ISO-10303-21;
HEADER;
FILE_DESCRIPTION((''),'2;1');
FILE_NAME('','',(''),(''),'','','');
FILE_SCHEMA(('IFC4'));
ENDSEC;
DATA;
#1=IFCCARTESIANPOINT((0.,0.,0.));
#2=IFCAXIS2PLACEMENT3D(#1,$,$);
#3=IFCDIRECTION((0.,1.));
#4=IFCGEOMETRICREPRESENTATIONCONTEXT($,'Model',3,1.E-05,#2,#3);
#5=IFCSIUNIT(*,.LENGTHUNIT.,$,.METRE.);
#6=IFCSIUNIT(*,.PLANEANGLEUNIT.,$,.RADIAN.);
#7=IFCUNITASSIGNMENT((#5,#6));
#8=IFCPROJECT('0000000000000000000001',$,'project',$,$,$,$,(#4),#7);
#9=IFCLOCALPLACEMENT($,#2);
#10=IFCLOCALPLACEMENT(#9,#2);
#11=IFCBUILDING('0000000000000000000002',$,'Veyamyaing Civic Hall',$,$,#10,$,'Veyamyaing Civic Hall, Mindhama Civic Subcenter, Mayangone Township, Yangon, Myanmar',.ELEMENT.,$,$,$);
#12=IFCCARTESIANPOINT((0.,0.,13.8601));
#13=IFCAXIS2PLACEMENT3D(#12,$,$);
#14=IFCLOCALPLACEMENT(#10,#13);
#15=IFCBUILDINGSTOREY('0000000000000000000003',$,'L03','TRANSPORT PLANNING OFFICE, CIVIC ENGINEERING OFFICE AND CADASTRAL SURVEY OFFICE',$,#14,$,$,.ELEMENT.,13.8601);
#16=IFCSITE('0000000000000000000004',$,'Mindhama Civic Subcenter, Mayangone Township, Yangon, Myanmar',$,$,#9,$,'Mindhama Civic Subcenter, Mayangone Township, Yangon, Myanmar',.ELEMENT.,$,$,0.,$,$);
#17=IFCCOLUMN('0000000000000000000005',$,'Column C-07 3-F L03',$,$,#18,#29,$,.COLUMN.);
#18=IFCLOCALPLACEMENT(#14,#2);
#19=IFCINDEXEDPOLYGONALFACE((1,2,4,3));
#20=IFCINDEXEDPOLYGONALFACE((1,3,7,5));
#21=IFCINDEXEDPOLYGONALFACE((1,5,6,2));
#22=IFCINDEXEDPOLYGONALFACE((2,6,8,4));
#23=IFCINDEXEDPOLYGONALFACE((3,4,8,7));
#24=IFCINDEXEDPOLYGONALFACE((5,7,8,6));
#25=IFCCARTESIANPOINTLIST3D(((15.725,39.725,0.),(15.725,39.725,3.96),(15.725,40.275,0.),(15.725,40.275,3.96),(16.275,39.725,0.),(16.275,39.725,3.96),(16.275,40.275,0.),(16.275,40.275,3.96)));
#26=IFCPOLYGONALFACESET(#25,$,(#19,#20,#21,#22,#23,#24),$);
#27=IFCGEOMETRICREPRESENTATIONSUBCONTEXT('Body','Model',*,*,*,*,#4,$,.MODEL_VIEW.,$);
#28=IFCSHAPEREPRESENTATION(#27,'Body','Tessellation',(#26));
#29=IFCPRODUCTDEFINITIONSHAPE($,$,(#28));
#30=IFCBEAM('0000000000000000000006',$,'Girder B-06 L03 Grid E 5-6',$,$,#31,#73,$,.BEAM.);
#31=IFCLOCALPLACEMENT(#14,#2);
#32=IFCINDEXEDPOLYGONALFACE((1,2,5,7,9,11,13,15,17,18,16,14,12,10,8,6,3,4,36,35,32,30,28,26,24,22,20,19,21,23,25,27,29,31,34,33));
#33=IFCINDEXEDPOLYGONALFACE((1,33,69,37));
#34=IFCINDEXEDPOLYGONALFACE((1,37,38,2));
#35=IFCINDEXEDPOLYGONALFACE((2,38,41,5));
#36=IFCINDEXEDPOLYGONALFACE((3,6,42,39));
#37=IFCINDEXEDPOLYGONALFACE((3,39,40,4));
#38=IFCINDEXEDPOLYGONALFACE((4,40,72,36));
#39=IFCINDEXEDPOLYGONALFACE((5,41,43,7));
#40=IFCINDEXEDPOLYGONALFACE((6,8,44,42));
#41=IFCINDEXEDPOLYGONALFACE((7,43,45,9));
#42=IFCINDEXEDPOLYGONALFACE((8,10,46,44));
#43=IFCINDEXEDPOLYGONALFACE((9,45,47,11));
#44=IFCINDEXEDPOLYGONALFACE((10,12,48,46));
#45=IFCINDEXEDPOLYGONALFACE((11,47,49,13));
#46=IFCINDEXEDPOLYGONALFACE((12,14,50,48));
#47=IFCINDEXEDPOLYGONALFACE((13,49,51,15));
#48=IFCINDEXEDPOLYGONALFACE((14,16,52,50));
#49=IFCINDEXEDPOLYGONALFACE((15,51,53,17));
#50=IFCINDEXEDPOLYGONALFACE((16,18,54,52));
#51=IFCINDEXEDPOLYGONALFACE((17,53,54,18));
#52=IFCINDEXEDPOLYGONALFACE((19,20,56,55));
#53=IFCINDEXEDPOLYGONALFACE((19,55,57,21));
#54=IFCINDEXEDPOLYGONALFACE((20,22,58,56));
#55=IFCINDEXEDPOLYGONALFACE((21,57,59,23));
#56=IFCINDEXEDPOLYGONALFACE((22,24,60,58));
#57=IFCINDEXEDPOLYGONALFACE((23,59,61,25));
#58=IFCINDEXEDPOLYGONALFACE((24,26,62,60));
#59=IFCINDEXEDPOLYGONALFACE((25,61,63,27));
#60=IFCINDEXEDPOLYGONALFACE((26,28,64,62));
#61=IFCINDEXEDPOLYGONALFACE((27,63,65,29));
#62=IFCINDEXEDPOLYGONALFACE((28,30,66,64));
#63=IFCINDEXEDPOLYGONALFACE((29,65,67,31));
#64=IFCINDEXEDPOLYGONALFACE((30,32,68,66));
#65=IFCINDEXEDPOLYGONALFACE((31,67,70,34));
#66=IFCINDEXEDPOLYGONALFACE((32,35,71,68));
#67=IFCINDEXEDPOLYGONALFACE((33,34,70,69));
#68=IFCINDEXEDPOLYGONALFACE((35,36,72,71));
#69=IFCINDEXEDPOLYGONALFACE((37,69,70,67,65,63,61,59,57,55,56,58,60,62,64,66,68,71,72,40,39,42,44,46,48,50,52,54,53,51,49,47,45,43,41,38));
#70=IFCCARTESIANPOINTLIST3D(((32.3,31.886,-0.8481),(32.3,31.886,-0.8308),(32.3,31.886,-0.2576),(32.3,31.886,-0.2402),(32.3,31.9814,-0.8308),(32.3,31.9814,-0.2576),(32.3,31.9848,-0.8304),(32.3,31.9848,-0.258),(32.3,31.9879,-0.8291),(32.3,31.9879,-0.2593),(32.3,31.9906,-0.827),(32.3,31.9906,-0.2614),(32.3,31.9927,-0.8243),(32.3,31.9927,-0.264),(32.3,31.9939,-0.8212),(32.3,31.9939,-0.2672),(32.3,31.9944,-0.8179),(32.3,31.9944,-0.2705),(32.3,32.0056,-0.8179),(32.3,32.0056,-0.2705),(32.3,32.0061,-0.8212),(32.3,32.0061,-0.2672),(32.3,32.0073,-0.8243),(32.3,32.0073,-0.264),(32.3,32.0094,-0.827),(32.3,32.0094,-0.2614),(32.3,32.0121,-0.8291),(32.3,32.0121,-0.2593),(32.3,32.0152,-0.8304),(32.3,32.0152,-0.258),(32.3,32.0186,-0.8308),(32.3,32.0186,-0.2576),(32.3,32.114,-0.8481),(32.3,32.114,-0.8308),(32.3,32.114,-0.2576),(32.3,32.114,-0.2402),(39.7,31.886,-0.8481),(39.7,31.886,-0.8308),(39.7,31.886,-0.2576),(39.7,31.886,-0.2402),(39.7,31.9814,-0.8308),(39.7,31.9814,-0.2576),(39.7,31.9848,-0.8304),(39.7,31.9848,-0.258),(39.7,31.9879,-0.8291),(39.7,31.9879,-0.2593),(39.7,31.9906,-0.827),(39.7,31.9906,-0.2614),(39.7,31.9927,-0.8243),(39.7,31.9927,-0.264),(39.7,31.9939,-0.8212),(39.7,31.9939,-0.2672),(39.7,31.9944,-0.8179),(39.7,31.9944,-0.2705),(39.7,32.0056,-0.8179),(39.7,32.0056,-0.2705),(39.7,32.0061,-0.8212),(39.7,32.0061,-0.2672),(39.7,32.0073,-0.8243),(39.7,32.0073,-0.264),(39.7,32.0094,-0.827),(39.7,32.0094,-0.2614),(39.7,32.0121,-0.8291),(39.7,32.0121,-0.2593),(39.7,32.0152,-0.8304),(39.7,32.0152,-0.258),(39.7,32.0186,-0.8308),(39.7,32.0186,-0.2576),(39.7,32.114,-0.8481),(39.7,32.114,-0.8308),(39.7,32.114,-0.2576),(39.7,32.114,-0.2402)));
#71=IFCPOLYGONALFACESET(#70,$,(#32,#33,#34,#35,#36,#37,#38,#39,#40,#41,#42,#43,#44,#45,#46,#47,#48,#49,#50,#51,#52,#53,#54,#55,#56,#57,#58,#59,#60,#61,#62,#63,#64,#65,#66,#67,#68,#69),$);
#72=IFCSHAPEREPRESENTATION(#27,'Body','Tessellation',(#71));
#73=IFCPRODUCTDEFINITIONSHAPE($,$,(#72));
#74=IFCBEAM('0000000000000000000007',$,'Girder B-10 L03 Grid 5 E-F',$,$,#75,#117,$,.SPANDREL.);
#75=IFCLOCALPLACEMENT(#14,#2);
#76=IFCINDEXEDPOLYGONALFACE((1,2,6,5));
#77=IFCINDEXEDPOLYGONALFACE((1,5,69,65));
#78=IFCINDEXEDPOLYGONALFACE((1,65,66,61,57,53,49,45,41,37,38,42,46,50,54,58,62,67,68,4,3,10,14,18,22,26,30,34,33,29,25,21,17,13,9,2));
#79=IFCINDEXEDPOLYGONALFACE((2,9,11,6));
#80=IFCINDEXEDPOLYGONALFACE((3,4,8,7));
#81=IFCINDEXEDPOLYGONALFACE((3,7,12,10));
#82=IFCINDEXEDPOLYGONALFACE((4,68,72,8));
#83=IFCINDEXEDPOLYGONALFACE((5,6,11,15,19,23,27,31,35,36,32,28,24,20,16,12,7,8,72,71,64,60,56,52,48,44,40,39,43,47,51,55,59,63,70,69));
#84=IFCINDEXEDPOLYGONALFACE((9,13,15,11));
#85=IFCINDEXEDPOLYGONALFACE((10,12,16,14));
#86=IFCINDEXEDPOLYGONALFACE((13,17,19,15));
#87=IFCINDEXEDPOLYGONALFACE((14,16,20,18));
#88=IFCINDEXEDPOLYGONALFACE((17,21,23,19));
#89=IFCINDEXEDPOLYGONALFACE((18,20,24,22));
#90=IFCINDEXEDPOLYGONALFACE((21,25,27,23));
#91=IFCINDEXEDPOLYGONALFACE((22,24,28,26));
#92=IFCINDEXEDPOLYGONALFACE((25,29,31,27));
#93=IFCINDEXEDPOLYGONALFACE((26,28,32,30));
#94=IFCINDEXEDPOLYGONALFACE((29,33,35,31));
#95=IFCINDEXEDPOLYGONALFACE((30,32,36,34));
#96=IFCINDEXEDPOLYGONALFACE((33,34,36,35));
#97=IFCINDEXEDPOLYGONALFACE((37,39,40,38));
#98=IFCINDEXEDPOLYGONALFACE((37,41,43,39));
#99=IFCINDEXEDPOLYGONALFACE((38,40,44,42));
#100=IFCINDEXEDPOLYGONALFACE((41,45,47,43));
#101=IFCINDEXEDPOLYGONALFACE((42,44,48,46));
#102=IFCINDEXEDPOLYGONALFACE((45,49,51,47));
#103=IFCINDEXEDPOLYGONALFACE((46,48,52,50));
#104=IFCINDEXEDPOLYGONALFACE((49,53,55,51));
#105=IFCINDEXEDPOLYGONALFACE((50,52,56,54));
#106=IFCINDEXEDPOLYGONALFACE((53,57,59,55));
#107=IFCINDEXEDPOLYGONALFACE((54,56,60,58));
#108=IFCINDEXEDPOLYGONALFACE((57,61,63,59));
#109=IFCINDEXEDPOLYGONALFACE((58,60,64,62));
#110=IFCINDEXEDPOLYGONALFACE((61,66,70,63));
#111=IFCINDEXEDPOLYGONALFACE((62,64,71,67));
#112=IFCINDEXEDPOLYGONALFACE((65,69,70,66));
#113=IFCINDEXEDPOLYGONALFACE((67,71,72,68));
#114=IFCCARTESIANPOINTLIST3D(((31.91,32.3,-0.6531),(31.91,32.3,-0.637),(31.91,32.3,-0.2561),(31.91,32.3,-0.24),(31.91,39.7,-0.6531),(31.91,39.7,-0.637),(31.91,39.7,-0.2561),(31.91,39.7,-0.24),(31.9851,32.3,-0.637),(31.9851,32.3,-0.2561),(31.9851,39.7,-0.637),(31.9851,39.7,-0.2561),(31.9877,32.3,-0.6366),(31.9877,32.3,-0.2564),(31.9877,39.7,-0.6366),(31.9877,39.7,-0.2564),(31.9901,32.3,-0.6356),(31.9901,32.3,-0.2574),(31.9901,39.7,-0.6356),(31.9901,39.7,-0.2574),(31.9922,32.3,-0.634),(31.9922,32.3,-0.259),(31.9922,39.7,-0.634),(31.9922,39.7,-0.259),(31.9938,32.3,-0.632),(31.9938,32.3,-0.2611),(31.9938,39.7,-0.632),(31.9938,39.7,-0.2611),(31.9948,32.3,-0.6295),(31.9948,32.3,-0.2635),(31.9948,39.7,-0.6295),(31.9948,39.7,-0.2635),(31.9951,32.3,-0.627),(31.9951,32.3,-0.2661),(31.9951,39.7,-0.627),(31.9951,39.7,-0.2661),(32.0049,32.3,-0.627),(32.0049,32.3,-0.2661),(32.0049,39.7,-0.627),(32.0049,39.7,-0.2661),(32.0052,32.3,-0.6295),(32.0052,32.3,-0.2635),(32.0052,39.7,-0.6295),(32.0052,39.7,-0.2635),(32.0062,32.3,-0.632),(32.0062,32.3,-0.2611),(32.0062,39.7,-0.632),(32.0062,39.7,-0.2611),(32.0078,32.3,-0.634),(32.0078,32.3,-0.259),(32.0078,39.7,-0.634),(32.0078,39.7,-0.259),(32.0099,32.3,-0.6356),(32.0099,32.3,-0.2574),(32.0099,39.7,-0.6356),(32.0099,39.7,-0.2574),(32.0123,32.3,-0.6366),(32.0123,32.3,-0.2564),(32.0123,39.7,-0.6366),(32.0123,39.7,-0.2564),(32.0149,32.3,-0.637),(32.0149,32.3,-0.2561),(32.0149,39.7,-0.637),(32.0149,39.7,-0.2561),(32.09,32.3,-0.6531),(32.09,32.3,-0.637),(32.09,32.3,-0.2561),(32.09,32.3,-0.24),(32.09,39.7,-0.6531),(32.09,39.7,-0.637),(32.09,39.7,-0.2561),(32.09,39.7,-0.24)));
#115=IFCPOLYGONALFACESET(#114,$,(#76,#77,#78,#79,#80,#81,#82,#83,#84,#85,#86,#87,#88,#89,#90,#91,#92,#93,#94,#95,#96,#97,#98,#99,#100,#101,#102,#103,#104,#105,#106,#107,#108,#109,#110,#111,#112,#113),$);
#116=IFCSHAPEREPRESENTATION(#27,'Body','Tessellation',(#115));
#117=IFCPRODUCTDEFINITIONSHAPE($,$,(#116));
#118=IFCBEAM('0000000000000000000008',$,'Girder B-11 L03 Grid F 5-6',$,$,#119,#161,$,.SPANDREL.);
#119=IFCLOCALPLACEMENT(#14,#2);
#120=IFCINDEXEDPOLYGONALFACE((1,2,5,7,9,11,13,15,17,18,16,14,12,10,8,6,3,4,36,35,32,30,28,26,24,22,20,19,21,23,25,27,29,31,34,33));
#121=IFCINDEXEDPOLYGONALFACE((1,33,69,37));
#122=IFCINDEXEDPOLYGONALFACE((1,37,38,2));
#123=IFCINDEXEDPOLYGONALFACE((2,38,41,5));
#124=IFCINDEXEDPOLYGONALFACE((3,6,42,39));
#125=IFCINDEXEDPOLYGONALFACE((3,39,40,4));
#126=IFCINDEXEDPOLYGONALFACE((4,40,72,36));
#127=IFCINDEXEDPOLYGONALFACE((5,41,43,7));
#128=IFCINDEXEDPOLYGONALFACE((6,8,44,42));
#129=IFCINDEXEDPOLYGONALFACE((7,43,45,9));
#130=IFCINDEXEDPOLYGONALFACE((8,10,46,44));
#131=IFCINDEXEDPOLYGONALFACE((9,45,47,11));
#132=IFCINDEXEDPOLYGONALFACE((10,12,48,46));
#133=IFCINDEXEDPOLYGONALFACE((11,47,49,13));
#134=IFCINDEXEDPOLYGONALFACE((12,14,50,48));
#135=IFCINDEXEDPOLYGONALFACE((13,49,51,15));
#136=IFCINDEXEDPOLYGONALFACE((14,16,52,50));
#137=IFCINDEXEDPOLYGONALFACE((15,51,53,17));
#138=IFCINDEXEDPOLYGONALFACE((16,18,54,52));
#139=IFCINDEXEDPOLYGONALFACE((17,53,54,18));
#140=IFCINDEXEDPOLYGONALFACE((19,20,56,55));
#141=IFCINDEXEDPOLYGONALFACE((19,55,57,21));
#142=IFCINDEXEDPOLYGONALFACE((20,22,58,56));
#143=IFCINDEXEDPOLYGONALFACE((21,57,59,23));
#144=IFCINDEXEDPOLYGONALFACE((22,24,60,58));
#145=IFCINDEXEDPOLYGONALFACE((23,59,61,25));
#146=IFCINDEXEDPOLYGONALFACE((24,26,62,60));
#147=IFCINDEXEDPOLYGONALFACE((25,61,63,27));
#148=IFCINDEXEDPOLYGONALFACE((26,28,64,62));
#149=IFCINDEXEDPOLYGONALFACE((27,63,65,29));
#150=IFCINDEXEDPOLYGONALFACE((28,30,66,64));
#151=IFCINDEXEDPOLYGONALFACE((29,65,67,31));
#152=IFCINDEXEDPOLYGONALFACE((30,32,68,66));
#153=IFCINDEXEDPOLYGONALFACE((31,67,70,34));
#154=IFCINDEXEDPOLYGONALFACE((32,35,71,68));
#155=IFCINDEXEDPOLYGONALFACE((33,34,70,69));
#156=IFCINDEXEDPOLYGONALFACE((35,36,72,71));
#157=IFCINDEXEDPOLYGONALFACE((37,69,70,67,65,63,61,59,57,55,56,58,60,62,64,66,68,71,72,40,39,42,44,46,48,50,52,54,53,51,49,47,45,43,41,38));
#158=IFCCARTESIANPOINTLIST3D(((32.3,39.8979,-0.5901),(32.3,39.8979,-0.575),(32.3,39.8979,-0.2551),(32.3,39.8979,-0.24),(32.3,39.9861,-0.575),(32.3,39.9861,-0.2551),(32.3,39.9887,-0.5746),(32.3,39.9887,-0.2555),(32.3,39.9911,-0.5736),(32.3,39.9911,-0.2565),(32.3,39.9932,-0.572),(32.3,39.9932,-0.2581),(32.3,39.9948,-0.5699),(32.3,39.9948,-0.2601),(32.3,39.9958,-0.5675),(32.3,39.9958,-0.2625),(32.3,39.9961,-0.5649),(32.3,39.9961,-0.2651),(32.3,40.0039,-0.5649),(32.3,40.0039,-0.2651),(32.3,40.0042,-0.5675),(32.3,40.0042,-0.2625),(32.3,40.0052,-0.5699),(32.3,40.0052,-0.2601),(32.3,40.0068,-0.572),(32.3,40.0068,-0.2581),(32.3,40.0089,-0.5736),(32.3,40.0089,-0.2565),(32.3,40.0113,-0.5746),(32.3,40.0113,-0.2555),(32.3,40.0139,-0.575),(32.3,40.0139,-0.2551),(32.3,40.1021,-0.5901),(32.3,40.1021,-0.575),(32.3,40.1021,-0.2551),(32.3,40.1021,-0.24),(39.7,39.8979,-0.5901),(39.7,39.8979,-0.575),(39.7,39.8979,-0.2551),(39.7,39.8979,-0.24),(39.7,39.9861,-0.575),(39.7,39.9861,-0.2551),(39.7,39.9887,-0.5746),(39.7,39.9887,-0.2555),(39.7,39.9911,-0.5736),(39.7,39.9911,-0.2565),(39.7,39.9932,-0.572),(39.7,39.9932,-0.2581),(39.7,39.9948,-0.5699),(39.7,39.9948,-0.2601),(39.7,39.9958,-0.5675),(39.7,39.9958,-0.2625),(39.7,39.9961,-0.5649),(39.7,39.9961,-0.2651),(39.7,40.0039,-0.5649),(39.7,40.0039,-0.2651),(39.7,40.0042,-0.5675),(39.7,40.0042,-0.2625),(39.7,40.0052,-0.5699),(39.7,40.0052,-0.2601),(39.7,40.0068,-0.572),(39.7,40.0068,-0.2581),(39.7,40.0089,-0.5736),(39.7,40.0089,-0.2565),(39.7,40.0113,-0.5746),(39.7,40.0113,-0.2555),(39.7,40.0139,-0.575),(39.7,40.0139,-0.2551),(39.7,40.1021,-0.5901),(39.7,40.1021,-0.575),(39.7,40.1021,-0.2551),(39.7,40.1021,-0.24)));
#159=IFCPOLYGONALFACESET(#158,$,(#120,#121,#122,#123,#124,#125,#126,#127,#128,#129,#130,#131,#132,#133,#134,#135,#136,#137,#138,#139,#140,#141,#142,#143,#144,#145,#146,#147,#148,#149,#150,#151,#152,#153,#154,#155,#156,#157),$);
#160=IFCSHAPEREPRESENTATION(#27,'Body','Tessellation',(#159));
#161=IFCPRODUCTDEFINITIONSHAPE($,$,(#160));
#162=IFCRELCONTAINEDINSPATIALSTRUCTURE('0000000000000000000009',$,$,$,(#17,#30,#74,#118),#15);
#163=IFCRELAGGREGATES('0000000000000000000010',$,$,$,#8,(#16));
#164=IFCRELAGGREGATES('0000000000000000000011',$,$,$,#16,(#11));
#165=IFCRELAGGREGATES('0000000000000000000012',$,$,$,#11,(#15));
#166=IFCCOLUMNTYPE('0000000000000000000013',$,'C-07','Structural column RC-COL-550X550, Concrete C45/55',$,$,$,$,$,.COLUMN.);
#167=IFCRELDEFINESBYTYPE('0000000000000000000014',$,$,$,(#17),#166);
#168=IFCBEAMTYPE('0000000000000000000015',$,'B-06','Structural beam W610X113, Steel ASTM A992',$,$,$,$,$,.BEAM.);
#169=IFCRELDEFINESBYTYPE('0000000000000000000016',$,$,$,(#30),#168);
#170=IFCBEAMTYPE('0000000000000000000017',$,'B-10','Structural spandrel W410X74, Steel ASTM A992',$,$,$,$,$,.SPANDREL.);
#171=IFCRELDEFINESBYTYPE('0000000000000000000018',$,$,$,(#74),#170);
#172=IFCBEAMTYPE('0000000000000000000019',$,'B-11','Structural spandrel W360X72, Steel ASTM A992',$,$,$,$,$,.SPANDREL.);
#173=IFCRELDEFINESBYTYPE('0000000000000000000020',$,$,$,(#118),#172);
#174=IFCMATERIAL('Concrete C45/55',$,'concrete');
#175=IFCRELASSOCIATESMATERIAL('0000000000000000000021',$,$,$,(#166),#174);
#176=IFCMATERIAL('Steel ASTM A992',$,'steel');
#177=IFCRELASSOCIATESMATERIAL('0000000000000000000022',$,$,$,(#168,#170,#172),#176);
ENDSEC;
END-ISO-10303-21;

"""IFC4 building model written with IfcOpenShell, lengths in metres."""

from ifc_helpers import new_model, si_unit, direction, frame, origin, origin_2d, place, context, subcontext, project, spatial, rectangle, i_section, extrude, material, material_profile, profile_set, type_object, element, save


model = new_model("IFC4")

# Units and contexts
model_context = context("Model", 3, precision=1e-05, world=origin(), true_north=direction((0.0, 1.0)))
body_context = subcontext(model_context, "Body", "Model", "MODEL_VIEW")
ifc_project = project(units=[si_unit("LENGTHUNIT", "METRE"), si_unit("PLANEANGLEUNIT", "RADIAN")], contexts=[model_context])

# Site, building, storey
site_placement = place(None, origin())
site = spatial("IfcSite", under=ifc_project, at=site_placement, Name="Mindhama Civic Subcenter, Mayangone Township, Yangon, Myanmar", LongName="Mindhama Civic Subcenter, Mayangone Township, Yangon, Myanmar", CompositionType="ELEMENT", RefElevation=0.0)
building_placement = place(site_placement, origin())
building = spatial("IfcBuilding", under=site, at=building_placement, Name="Veyamyaing Civic Hall", LongName="Veyamyaing Civic Hall, Mindhama Civic Subcenter, Mayangone Township, Yangon, Myanmar", CompositionType="ELEMENT")
storey_placement = place(building_placement, frame((0.0, 0.0, 13.8601)))
storey = spatial("IfcBuildingStorey", under=building, at=storey_placement, Name="L03", Description="TRANSPORT PLANNING OFFICE, CIVIC ENGINEERING OFFICE AND CADASTRAL SURVEY OFFICE", CompositionType="ELEMENT", Elevation=13.8601)

# Column
ifc_material_1 = material(Name="Concrete C45/55", Category="concrete")
ifc_material_profile_1 = material_profile(ifc_material_1, rectangle(XDim=0.55, YDim=0.55, at=origin_2d()), Name="RC-COL-550X550")
ifc_profile_set_1 = profile_set([ifc_material_profile_1], Name="Concrete C45/55")
column_type = type_object("IfcColumnType", Name="C-07", Description="Structural column RC-COL-550X550, Concrete C45/55", PredefinedType="COLUMN", material=ifc_profile_set_1)
column_placement = place(storey_placement, frame((16.0, 40.0, 0.0), z_axis=(0.0, 0.0, 1.0), x_axis=(1.0, 0.0, 0.0)))
element("IfcColumn", 1, at=column_placement, inside=storey, type_object=column_type, Name="Column C-07 3-F L03", PredefinedType="COLUMN", context=body_context, shape_type="SweptSolid", body=[
    extrude(rectangle(XDim=0.55, YDim=0.55, at=origin_2d()), origin(), (0.0, 0.0, 1.0), 3.96),
])

# Beams
ifc_material_2 = material(Name="Steel ASTM A992", Category="steel")
ifc_material_profile_2 = material_profile(ifc_material_2, i_section(OverallWidth=0.228, OverallDepth=0.6079, WebThickness=0.0112, FlangeThickness=0.0173, FilletRadius=0.0129, at=origin_2d()), Name="W610X113")
ifc_profile_set_2 = profile_set([ifc_material_profile_2], Name="Steel ASTM A992")
beam_type_1 = type_object("IfcBeamType", Name="B-06", Description="Structural beam W610X113, Steel ASTM A992", PredefinedType="BEAM", material=ifc_profile_set_2)
beam_1_placement = place(storey_placement, frame((32.3, 32.0, -0.5442), z_axis=(1.0, 0.0, 0.0), x_axis=(0.0, 1.0, 0.0)))
element("IfcBeam", 2, at=beam_1_placement, inside=storey, type_object=beam_type_1, Name="Girder B-06 L03 Grid E 5-6", PredefinedType="BEAM", context=body_context, shape_type="SweptSolid", body=[
    extrude(i_section(OverallWidth=0.228, OverallDepth=0.6079, WebThickness=0.0112, FlangeThickness=0.0173, FilletRadius=0.0129, at=origin_2d()), origin(), (0.0, 0.0, 1.0), 7.3999),
])
ifc_material_profile_3 = material_profile(ifc_material_2, i_section(OverallWidth=0.1799, OverallDepth=0.4131, WebThickness=0.0098, FlangeThickness=0.0161, FilletRadius=0.01, at=origin_2d()), Name="W410X74")
ifc_profile_set_3 = profile_set([ifc_material_profile_3], Name="Steel ASTM A992")
beam_type_2 = type_object("IfcBeamType", Name="B-10", Description="Structural spandrel W410X74, Steel ASTM A992", PredefinedType="SPANDREL", material=ifc_profile_set_3)
beam_2_placement = place(storey_placement, frame((32.0, 32.3, -0.4465), z_axis=(0.0, 1.0, 0.0), x_axis=(-1.0, 0.0, 0.0)))
element("IfcBeam", 3, at=beam_2_placement, inside=storey, type_object=beam_type_2, Name="Girder B-10 L03 Grid 5 E-F", PredefinedType="SPANDREL", context=body_context, shape_type="SweptSolid", body=[
    extrude(i_section(OverallWidth=0.1799, OverallDepth=0.4131, WebThickness=0.0098, FlangeThickness=0.0161, FilletRadius=0.01, at=origin_2d()), origin(), (0.0, 0.0, 1.0), 7.3999),
])
ifc_material_profile_4 = material_profile(ifc_material_2, i_section(OverallWidth=0.2041, OverallDepth=0.3501, WebThickness=0.0078, FlangeThickness=0.0151, FilletRadius=0.01, at=origin_2d()), Name="W360X72")
ifc_profile_set_4 = profile_set([ifc_material_profile_4], Name="Steel ASTM A992")
beam_type_3 = type_object("IfcBeamType", Name="B-11", Description="Structural spandrel W360X72, Steel ASTM A992", PredefinedType="SPANDREL", material=ifc_profile_set_4)
for number, where, z_axis, x_axis, name in (
    (4, (32.3, 40.0, -0.415), (1.0, 0.0, 0.0), (0.0, 1.0, 0.0), "Girder B-11 L03 Grid F 5-6"),
):
    element("IfcBeam", number, at=place(storey_placement, frame(where, z_axis=z_axis, x_axis=x_axis)), inside=storey, type_object=beam_type_3, Name=name, PredefinedType="SPANDREL", context=body_context, shape_type="SweptSolid", body=[
        extrude(i_section(OverallWidth=0.2041, OverallDepth=0.3501, WebThickness=0.0078, FlangeThickness=0.0151, FilletRadius=0.01, at=origin_2d()), origin(), (0.0, 0.0, 1.0), 7.3999),
    ])

save(model, "model.ifc")
